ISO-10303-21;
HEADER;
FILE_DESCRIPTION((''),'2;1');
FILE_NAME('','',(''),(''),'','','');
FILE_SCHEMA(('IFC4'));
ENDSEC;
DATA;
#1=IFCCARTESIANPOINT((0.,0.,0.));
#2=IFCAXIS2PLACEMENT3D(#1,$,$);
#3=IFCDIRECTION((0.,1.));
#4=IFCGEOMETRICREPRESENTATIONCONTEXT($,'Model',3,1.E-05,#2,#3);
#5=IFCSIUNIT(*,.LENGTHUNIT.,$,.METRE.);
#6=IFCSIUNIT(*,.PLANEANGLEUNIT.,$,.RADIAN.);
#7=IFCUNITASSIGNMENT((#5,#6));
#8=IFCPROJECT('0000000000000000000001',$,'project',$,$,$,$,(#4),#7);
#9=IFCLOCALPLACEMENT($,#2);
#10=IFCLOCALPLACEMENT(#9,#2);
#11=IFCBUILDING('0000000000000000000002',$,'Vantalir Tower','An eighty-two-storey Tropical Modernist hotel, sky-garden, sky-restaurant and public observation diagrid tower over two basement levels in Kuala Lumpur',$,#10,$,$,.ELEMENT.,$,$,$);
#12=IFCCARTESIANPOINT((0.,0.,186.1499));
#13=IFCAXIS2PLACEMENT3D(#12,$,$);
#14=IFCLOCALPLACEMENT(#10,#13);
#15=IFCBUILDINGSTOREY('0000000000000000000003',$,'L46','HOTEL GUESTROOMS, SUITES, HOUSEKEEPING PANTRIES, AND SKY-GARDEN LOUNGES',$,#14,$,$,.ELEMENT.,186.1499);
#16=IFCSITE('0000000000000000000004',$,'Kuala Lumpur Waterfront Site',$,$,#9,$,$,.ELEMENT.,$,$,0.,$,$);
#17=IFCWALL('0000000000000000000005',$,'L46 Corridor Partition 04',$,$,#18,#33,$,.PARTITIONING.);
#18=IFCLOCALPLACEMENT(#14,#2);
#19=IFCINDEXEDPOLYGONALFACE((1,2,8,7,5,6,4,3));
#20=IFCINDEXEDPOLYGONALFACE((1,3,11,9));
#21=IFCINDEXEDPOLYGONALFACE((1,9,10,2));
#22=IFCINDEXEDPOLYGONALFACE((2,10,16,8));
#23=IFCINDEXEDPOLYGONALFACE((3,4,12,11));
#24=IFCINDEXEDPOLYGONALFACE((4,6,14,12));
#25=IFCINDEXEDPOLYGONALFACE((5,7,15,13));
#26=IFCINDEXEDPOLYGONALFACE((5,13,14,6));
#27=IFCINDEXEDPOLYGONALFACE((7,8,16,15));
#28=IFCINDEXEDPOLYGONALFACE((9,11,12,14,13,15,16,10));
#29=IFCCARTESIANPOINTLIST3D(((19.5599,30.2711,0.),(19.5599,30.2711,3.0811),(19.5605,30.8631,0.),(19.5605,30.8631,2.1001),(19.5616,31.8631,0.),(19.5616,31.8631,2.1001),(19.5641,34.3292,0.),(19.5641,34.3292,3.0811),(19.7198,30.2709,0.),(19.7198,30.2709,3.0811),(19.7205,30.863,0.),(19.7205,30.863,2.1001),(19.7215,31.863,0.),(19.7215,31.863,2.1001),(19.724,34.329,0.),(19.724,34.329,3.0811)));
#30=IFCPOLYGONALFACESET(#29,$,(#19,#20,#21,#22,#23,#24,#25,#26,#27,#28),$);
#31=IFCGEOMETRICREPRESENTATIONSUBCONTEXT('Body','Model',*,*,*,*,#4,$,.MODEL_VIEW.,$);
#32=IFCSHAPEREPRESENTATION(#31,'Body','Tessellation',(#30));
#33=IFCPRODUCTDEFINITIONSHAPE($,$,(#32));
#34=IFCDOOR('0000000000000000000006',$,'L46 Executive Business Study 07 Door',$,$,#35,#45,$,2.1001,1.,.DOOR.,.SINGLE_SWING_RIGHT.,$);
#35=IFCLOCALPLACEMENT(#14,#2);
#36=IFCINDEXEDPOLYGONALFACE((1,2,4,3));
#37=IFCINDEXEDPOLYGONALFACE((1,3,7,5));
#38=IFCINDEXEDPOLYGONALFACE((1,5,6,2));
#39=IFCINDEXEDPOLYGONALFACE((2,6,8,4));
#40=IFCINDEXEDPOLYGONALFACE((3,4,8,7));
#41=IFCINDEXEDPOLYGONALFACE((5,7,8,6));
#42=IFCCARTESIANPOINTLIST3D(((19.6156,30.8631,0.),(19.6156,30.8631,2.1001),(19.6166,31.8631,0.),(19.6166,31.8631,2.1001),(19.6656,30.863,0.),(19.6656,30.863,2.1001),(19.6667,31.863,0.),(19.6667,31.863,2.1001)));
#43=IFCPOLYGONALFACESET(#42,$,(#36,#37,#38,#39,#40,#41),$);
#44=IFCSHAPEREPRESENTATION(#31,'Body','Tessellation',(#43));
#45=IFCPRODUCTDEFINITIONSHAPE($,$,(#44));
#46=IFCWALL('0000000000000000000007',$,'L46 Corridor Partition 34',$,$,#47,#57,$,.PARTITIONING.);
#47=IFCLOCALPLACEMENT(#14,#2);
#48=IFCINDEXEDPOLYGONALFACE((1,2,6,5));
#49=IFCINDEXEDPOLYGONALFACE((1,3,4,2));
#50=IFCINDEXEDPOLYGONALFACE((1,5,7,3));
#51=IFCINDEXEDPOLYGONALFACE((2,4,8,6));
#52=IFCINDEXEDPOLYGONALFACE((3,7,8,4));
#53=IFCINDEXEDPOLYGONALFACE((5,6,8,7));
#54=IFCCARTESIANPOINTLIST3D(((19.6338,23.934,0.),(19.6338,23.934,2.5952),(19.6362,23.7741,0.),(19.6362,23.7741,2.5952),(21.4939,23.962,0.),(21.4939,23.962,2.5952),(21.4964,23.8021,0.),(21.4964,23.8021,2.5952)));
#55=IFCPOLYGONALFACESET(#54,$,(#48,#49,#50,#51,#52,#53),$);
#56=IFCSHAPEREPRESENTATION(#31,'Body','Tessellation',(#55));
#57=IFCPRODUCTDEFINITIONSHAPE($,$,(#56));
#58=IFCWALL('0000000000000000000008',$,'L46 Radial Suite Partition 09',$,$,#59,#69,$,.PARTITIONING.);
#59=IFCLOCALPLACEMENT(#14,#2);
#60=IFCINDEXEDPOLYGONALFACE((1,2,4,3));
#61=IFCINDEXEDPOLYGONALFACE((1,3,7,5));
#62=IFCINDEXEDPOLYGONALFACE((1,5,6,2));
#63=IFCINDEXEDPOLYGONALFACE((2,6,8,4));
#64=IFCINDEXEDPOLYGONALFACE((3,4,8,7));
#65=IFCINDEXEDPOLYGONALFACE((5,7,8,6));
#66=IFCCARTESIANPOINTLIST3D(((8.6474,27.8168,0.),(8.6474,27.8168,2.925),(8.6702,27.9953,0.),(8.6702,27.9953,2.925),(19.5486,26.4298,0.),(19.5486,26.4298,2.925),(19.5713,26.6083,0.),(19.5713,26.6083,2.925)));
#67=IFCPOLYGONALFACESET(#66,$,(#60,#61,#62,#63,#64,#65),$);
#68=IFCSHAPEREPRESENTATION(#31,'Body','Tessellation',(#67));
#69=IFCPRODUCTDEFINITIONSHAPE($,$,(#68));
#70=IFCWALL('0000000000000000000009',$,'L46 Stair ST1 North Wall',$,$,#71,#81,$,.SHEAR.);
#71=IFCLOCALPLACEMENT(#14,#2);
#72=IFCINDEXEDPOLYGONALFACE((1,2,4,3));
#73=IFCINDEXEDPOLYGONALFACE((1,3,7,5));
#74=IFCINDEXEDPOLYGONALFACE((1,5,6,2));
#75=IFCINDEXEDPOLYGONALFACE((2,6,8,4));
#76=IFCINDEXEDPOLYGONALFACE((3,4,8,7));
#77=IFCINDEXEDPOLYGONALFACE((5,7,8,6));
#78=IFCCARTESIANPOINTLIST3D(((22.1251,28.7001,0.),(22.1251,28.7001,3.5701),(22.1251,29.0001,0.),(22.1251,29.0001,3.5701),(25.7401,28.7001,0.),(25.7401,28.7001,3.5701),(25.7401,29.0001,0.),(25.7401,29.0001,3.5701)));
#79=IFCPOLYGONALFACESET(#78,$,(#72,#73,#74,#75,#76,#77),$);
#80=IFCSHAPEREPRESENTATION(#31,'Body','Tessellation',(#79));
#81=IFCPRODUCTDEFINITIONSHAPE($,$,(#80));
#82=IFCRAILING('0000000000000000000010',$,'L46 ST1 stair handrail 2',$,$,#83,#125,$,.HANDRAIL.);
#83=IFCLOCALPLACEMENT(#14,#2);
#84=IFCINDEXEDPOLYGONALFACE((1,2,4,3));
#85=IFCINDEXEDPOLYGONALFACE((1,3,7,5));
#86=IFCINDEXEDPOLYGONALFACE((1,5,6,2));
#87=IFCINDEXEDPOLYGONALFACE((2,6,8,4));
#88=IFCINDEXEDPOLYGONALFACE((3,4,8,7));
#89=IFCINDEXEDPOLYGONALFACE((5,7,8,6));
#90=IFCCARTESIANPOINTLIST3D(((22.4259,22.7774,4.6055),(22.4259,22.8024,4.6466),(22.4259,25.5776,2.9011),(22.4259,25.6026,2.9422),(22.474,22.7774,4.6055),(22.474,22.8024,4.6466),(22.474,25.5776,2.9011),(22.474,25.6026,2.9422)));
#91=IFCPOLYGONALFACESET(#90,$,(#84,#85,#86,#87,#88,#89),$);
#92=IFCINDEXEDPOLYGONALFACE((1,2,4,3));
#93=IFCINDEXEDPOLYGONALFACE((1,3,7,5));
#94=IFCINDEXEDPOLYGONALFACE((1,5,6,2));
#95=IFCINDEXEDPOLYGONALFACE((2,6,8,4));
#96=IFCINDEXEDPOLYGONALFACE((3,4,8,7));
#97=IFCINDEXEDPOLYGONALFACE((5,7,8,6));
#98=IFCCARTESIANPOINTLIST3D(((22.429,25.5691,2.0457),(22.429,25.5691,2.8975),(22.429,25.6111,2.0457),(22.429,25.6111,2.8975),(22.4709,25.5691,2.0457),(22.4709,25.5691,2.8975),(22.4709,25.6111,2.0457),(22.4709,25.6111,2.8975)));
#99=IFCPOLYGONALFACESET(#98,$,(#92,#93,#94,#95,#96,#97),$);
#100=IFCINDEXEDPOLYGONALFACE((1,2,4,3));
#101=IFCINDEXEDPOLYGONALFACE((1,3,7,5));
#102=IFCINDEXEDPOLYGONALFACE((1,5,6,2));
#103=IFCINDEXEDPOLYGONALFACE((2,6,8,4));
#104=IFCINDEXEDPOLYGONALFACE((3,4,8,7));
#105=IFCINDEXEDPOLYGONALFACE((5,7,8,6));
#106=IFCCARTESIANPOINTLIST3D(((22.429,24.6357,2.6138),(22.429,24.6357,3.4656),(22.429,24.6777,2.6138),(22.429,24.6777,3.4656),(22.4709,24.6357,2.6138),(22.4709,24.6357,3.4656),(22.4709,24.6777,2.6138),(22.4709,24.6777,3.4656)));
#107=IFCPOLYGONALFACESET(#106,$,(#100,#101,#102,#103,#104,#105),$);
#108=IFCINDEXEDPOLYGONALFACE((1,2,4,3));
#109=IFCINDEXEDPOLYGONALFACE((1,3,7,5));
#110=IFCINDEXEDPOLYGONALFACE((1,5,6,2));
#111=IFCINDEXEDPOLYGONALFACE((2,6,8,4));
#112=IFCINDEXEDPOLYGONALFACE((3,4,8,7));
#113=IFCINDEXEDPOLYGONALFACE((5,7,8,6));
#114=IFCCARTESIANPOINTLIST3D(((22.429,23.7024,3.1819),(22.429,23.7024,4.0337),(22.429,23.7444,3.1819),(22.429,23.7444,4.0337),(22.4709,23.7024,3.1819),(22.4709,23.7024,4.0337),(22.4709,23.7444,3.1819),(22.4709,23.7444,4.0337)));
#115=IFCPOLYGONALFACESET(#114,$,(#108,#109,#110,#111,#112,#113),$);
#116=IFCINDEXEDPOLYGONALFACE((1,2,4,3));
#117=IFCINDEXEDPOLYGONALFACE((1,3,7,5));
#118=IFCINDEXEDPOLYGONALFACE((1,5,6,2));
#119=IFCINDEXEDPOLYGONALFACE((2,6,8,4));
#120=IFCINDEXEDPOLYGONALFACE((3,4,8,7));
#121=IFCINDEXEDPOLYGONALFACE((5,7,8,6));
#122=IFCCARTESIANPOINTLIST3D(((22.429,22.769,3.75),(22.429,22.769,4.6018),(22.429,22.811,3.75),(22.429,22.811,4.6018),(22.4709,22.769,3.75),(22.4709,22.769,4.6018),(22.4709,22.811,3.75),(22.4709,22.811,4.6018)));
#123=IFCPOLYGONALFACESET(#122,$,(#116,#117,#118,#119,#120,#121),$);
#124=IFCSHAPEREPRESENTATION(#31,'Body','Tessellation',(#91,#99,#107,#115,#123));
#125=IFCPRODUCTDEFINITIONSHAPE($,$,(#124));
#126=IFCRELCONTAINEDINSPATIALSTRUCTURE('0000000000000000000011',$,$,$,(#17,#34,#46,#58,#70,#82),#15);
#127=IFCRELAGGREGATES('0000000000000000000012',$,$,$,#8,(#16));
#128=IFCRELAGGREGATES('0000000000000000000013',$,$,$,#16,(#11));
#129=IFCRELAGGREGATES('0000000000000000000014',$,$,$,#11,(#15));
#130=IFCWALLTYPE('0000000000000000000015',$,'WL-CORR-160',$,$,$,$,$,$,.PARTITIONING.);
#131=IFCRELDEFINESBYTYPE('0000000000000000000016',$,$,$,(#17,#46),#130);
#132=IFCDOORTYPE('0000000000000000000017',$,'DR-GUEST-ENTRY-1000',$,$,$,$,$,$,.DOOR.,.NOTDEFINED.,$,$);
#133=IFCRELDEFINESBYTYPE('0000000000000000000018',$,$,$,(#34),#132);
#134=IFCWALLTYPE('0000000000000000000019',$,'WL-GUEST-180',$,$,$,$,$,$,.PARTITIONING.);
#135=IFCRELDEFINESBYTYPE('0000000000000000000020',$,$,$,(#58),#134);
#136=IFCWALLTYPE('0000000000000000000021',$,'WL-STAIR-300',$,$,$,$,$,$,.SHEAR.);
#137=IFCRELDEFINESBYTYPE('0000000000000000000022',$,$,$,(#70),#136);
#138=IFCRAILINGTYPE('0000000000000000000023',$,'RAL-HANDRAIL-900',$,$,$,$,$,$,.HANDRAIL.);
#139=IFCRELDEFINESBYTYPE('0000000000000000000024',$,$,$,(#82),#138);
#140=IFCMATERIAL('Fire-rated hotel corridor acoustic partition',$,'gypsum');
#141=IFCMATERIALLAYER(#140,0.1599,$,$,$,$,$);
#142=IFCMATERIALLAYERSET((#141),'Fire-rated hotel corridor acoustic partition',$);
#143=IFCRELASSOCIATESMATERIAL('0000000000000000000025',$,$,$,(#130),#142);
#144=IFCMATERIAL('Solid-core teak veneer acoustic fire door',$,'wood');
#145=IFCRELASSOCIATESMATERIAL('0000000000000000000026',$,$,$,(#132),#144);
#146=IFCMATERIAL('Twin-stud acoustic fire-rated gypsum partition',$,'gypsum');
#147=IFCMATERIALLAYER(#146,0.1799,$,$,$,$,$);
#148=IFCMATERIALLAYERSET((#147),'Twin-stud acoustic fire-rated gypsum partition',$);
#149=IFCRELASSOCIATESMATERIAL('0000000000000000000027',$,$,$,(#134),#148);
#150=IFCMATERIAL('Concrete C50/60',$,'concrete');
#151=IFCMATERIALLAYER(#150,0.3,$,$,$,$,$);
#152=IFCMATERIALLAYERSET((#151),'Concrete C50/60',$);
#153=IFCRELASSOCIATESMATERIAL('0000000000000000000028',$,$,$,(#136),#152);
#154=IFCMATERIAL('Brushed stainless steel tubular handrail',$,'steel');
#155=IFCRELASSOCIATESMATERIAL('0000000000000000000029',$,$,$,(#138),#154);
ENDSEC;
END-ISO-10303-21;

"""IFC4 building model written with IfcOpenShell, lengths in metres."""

from ifc_helpers import new_model, si_unit, direction, frame, frame_2d, origin, origin_2d, place, context, subcontext, project, spatial, rectangle, extrude, material, layer, layer_set, type_object, element, fill, save


model = new_model("IFC4")

# Units and contexts
model_context = context("Model", 3, precision=1e-05, world=origin(), true_north=direction((0.0, 1.0)))
body_context = subcontext(model_context, "Body", "Model", "MODEL_VIEW")
ifc_project = project(units=[si_unit("LENGTHUNIT", "METRE"), si_unit("PLANEANGLEUNIT", "RADIAN")], contexts=[model_context])

# Site, building, storey
site_placement = place(None, origin())
site = spatial("IfcSite", under=ifc_project, at=site_placement, Name="Kuala Lumpur Waterfront Site", CompositionType="ELEMENT", RefElevation=0.0)
building_placement = place(site_placement, origin())
building = spatial("IfcBuilding", under=site, at=building_placement, Name="Vantalir Tower", Description="An eighty-two-storey Tropical Modernist hotel, sky-garden, sky-restaurant and public observation diagrid tower over two basement levels in Kuala Lumpur", CompositionType="ELEMENT")
storey_placement = place(building_placement, frame((0.0, 0.0, 186.1499)))
storey = spatial("IfcBuildingStorey", under=building, at=storey_placement, Name="L46", Description="HOTEL GUESTROOMS, SUITES, HOUSEKEEPING PANTRIES, AND SKY-GARDEN LOUNGES", CompositionType="ELEMENT", Elevation=186.1499)

# Shared definitions
ifc_material_1 = material(Name="Concrete C50/60", Category="concrete")

# Shared definitions
ifc_material_2 = material(Name="Fire-rated hotel corridor acoustic partition", Category="gypsum")
ifc_layer_1 = layer(ifc_material_2, 0.1599)
ifc_layer_set_1 = layer_set([ifc_layer_1], Name="Fire-rated hotel corridor acoustic partition")
wall_type_1 = type_object("IfcWallType", Name="WL-CORR-160", PredefinedType="PARTITIONING", material=ifc_layer_set_1)

# Wall, opening, door
wall_1_placement = place(storey_placement, frame((19.6399, 30.271, 0.0), z_axis=(0.0, 0.0, 1.0), x_axis=(0.001023, 0.999999, 0.0)))
wall_1 = element("IfcWall", 1, at=wall_1_placement, inside=storey, type_object=wall_type_1, Name="L46 Corridor Partition 04", PredefinedType="PARTITIONING", context=body_context, shape_type="SweptSolid", body=[
    extrude(rectangle(XDim=4.0581, YDim=0.1599, at=frame_2d((2.0291, 0.0))), origin(), (0.0, 0.0, 1.0), 3.0811),
])
opening_1_placement = place(wall_1_placement, frame((0.592, 0.0, 0.0)))
opening_1 = element("IfcOpeningElement", 2, at=opening_1_placement, cuts=wall_1, PredefinedType="OPENING", context=body_context, shape_type="SweptSolid", body=[
    extrude(rectangle(XDim=1.0, YDim=2.1001, at=frame_2d((0.5, 1.05))), frame((0.0, 0.0898, 0.0), z_axis=(0.0, -1.0, 0.0), x_axis=(1.0, 0.0, 0.0)), (0.0, 0.0, 1.0), 0.1799),
])
ifc_material_3 = material(Name="Solid-core teak veneer acoustic fire door", Category="wood")
door_type_1 = type_object("IfcDoorType", Name="DR-GUEST-ENTRY-1000", OperationType="NOTDEFINED", PredefinedType="DOOR", material=ifc_material_3)
door_1_placement = place(opening_1_placement, origin())
door_1 = element("IfcDoor", 3, at=door_1_placement, inside=storey, type_object=door_type_1, Name="L46 Executive Business Study 07 Door", OperationType="SINGLE_SWING_RIGHT", OverallHeight=2.1001, OverallWidth=1.0, PredefinedType="DOOR", context=body_context, shape_type="SweptSolid", body=[
    extrude(rectangle(XDim=1.0, YDim=2.1001, at=frame_2d((0.5, 1.05))), frame((0.0, 0.0249, 0.0), z_axis=(0.0, -1.0, 0.0), x_axis=(1.0, 0.0, 0.0)), (0.0, 0.0, 1.0), 0.05),
])
fill(opening_1, door_1)

# Walls
wall_2_placement = place(storey_placement, frame((19.635, 23.854, 0.0), z_axis=(0.0, 0.0, 1.0), x_axis=(0.999886, 0.015092, 0.0)))
element("IfcWall", 4, at=wall_2_placement, inside=storey, type_object=wall_type_1, Name="L46 Corridor Partition 34", PredefinedType="PARTITIONING", context=body_context, shape_type="SweptSolid", body=[
    extrude(rectangle(XDim=1.8604, YDim=0.1599, at=frame_2d((0.9302, 0.0))), origin(), (0.0, 0.0, 1.0), 2.5952),
])
ifc_material_4 = material(Name="Twin-stud acoustic fire-rated gypsum partition", Category="gypsum")
ifc_layer_2 = layer(ifc_material_4, 0.1799)
ifc_layer_set_2 = layer_set([ifc_layer_2], Name="Twin-stud acoustic fire-rated gypsum partition")
wall_type_2 = type_object("IfcWallType", Name="WL-GUEST-180", PredefinedType="PARTITIONING", material=ifc_layer_set_2)
wall_3_placement = place(storey_placement, frame((19.5601, 26.519, 0.0), z_axis=(0.0, 0.0, 1.0), x_axis=(-0.992003, 0.126214, 0.0)))
element("IfcWall", 5, at=wall_3_placement, inside=storey, type_object=wall_type_2, Name="L46 Radial Suite Partition 09", PredefinedType="PARTITIONING", context=body_context, shape_type="SweptSolid", body=[
    extrude(rectangle(XDim=10.989, YDim=0.1799, at=frame_2d((5.4946, 0.0))), origin(), (0.0, 0.0, 1.0), 2.925),
])
ifc_layer_3 = layer(ifc_material_1, 0.3)
ifc_layer_set_3 = layer_set([ifc_layer_3], Name="Concrete C50/60")
wall_type_3 = type_object("IfcWallType", Name="WL-STAIR-300", PredefinedType="SHEAR", material=ifc_layer_set_3)
wall_4_placement = place(storey_placement, frame((22.125, 28.8501, 0.0), z_axis=(0.0, 0.0, 1.0), x_axis=(1.0, 0.0, 0.0)))
element("IfcWall", 6, at=wall_4_placement, inside=storey, type_object=wall_type_3, Name="L46 Stair ST1 North Wall", PredefinedType="SHEAR", context=body_context, shape_type="SweptSolid", body=[
    extrude(rectangle(XDim=3.615, YDim=0.3, at=frame_2d((1.8076, 0.0))), origin(), (0.0, 0.0, 1.0), 3.5701),
])

# Railing
ifc_material_5 = material(Name="Brushed stainless steel tubular handrail", Category="steel")
railing_type = type_object("IfcRailingType", Name="RAL-HANDRAIL-900", PredefinedType="HANDRAIL", material=ifc_material_5)
railing_placement = place(storey_placement, frame((22.45, 25.5901, 2.0457)))
element("IfcRailing", 7, at=railing_placement, inside=storey, type_object=railing_type, Name="L46 ST1 stair handrail 2", PredefinedType="HANDRAIL", context=body_context, shape_type="SweptSolid", body=[
    extrude(rectangle(XDim=0.0481, YDim=0.0481, at=origin_2d()), frame((0.0, 0.0, 0.876), z_axis=(0.0, -0.854203, 0.51994), x_axis=(1.0, 0.0, 0.0)), (0.0, 0.0, 1.0), 3.2781),
    extrude(rectangle(XDim=0.042, YDim=0.042, at=origin_2d()), origin(), (0.0, 0.0, 1.0), 0.8518),
    extrude(rectangle(XDim=0.042, YDim=0.042, at=origin_2d()), frame((0.0, -0.9333, 0.5681)), (0.0, 0.0, 1.0), 0.8518),
    extrude(rectangle(XDim=0.042, YDim=0.042, at=origin_2d()), frame((0.0, -1.8667, 1.1362)), (0.0, 0.0, 1.0), 0.8518),
    extrude(rectangle(XDim=0.042, YDim=0.042, at=origin_2d()), frame((0.0, -2.8, 1.7043)), (0.0, 0.0, 1.0), 0.8518),
])

save(model, "model.ifc")
